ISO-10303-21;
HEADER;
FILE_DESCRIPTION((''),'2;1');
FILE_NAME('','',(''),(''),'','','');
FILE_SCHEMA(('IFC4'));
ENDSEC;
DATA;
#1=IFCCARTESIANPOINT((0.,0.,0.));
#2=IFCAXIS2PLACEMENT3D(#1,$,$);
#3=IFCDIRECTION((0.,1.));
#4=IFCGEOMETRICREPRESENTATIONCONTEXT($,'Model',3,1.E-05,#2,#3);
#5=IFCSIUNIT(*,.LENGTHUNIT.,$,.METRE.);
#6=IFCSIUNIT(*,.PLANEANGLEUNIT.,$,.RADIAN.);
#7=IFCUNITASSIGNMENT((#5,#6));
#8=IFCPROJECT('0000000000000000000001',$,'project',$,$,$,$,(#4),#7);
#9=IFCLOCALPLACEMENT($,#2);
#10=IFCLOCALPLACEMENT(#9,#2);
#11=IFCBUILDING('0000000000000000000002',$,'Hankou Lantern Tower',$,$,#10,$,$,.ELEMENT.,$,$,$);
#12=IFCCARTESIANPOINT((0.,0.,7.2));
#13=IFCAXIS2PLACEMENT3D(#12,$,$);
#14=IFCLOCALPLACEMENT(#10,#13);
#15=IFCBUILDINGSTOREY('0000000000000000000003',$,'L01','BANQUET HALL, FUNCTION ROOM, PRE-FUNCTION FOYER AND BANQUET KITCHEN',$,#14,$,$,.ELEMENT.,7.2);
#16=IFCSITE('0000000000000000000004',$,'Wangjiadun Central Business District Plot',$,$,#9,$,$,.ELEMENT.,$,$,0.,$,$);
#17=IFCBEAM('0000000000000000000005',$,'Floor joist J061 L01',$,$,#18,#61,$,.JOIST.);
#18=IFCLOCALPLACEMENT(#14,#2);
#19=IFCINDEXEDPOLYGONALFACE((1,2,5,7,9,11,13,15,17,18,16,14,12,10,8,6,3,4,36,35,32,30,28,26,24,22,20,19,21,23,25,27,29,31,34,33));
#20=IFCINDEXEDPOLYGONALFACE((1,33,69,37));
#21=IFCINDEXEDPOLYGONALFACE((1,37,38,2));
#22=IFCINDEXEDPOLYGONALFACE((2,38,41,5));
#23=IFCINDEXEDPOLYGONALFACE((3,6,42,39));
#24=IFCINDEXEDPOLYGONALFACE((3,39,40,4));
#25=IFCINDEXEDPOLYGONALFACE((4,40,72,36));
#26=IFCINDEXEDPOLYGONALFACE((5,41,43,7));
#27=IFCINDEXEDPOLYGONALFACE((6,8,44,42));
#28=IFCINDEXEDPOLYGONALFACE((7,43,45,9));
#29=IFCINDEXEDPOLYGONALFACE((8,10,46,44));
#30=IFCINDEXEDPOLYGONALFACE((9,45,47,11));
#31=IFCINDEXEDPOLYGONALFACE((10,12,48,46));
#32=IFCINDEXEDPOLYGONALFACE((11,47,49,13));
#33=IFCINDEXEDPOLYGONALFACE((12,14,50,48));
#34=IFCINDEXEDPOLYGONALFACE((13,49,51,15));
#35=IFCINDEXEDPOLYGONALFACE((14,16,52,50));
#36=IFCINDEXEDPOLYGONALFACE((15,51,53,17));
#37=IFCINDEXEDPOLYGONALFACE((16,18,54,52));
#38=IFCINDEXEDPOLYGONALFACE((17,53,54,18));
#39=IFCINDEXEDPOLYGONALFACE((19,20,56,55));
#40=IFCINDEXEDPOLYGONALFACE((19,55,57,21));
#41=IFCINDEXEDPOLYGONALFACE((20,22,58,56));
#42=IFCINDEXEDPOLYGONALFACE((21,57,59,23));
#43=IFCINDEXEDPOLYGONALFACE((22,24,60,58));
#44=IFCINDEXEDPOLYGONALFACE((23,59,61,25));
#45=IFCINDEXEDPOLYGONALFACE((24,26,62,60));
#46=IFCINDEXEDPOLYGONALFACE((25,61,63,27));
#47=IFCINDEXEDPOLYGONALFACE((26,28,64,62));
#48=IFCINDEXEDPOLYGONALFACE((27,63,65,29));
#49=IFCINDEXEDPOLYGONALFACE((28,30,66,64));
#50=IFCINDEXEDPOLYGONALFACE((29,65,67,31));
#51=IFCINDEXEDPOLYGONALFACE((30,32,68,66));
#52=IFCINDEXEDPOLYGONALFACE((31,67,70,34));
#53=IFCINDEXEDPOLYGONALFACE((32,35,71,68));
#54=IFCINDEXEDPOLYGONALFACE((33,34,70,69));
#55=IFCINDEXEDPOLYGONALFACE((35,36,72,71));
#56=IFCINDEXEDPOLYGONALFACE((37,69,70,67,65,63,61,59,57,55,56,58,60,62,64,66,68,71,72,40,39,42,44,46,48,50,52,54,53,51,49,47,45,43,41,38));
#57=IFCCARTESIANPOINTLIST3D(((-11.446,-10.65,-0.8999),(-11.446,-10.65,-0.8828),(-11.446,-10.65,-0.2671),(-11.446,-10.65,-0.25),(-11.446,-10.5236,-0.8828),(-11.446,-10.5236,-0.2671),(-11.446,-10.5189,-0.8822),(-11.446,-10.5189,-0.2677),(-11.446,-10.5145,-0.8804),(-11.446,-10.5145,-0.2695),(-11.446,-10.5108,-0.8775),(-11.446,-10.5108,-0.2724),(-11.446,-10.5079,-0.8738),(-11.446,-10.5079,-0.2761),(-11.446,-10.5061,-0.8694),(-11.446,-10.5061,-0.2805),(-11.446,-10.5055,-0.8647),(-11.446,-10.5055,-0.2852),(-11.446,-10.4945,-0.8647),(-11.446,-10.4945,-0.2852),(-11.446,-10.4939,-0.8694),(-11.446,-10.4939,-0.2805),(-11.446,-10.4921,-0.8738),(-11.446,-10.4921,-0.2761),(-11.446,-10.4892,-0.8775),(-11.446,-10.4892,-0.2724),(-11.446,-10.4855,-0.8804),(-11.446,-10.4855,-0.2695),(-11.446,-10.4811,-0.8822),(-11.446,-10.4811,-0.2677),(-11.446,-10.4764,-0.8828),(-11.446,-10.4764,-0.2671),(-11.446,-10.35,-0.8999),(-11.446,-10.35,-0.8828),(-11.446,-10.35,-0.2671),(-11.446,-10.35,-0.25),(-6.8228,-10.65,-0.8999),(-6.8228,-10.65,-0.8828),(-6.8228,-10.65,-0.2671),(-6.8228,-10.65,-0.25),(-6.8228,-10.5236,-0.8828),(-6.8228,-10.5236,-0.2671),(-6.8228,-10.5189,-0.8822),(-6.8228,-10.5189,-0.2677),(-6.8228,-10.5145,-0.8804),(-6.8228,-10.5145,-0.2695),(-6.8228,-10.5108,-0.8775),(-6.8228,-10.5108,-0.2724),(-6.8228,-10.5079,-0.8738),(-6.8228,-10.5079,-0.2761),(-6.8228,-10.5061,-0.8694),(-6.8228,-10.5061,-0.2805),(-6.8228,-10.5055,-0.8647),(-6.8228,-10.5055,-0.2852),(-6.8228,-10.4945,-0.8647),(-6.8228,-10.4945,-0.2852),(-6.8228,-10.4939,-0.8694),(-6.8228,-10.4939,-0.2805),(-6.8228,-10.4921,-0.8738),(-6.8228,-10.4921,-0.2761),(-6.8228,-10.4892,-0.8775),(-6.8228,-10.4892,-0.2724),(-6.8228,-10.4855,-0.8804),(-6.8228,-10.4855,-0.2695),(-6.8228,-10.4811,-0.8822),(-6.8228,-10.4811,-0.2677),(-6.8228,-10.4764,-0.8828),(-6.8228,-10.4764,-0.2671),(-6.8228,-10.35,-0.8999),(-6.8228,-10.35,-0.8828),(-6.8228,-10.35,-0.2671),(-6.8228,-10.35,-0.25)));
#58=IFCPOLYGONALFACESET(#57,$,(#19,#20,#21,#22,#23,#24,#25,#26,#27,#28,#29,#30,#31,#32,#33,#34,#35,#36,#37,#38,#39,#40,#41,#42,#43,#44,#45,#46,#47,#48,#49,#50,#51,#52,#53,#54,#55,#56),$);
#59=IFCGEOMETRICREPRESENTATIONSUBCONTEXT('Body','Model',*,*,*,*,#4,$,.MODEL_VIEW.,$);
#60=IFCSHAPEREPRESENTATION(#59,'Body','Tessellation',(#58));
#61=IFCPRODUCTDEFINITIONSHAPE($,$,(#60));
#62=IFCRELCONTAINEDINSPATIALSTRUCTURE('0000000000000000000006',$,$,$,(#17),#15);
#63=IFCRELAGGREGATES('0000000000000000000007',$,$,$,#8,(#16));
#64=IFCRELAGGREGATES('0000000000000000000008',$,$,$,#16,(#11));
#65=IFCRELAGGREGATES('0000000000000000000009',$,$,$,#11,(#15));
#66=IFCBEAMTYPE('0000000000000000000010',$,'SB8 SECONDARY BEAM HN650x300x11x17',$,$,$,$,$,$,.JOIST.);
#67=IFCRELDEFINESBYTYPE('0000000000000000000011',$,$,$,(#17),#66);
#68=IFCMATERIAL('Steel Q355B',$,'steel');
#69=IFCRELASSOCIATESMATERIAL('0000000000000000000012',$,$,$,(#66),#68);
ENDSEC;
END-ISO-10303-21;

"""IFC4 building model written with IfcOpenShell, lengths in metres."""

from ifc_helpers import new_model, si_unit, direction, frame, origin, origin_2d, place, context, subcontext, project, spatial, i_section, extrude, material, material_profile, profile_set, type_object, element, save


model = new_model("IFC4")

# Units and contexts
model_context = context("Model", 3, precision=1e-05, world=origin(), true_north=direction((0.0, 1.0)))
body_context = subcontext(model_context, "Body", "Model", "MODEL_VIEW")
ifc_project = project(units=[si_unit("LENGTHUNIT", "METRE"), si_unit("PLANEANGLEUNIT", "RADIAN")], contexts=[model_context])

# Site, building, storey
site_placement = place(None, origin())
site = spatial("IfcSite", under=ifc_project, at=site_placement, Name="Wangjiadun Central Business District Plot", CompositionType="ELEMENT", RefElevation=0.0)
building_placement = place(site_placement, origin())
building = spatial("IfcBuilding", under=site, at=building_placement, Name="Hankou Lantern Tower", CompositionType="ELEMENT")
storey_placement = place(building_placement, frame((0.0, 0.0, 7.2)))
storey = spatial("IfcBuildingStorey", under=building, at=storey_placement, Name="L01", Description="BANQUET HALL, FUNCTION ROOM, PRE-FUNCTION FOYER AND BANQUET KITCHEN", CompositionType="ELEMENT", Elevation=7.2)

# Beam
ifc_material_1 = material(Name="Steel Q355B", Category="steel")
ifc_material_profile_1 = material_profile(ifc_material_1, i_section(OverallWidth=0.3, OverallDepth=0.6499, WebThickness=0.011, FlangeThickness=0.0171, FilletRadius=0.0181, at=origin_2d()), Name="HN650x300x11x17")
ifc_profile_set_1 = profile_set([ifc_material_profile_1], Name="Steel Q355B")
beam_type_1 = type_object("IfcBeamType", Name="SB8 SECONDARY BEAM HN650x300x11x17", PredefinedType="JOIST", material=ifc_profile_set_1)
beam_1_placement = place(storey_placement, frame((-11.446, -10.5, -0.575), z_axis=(1.0, 0.0, 0.0), x_axis=(0.0, 1.0, 0.0)))
element("IfcBeam", 1, at=beam_1_placement, inside=storey, type_object=beam_type_1, Name="Floor joist J061 L01", PredefinedType="JOIST", context=body_context, shape_type="SweptSolid", body=[
    extrude(i_section(OverallWidth=0.3, OverallDepth=0.6499, WebThickness=0.011, FlangeThickness=0.0171, FilletRadius=0.0181, at=origin_2d()), origin(), (0.0, 0.0, 1.0), 4.6233),
])

save(model, "model.ifc")
